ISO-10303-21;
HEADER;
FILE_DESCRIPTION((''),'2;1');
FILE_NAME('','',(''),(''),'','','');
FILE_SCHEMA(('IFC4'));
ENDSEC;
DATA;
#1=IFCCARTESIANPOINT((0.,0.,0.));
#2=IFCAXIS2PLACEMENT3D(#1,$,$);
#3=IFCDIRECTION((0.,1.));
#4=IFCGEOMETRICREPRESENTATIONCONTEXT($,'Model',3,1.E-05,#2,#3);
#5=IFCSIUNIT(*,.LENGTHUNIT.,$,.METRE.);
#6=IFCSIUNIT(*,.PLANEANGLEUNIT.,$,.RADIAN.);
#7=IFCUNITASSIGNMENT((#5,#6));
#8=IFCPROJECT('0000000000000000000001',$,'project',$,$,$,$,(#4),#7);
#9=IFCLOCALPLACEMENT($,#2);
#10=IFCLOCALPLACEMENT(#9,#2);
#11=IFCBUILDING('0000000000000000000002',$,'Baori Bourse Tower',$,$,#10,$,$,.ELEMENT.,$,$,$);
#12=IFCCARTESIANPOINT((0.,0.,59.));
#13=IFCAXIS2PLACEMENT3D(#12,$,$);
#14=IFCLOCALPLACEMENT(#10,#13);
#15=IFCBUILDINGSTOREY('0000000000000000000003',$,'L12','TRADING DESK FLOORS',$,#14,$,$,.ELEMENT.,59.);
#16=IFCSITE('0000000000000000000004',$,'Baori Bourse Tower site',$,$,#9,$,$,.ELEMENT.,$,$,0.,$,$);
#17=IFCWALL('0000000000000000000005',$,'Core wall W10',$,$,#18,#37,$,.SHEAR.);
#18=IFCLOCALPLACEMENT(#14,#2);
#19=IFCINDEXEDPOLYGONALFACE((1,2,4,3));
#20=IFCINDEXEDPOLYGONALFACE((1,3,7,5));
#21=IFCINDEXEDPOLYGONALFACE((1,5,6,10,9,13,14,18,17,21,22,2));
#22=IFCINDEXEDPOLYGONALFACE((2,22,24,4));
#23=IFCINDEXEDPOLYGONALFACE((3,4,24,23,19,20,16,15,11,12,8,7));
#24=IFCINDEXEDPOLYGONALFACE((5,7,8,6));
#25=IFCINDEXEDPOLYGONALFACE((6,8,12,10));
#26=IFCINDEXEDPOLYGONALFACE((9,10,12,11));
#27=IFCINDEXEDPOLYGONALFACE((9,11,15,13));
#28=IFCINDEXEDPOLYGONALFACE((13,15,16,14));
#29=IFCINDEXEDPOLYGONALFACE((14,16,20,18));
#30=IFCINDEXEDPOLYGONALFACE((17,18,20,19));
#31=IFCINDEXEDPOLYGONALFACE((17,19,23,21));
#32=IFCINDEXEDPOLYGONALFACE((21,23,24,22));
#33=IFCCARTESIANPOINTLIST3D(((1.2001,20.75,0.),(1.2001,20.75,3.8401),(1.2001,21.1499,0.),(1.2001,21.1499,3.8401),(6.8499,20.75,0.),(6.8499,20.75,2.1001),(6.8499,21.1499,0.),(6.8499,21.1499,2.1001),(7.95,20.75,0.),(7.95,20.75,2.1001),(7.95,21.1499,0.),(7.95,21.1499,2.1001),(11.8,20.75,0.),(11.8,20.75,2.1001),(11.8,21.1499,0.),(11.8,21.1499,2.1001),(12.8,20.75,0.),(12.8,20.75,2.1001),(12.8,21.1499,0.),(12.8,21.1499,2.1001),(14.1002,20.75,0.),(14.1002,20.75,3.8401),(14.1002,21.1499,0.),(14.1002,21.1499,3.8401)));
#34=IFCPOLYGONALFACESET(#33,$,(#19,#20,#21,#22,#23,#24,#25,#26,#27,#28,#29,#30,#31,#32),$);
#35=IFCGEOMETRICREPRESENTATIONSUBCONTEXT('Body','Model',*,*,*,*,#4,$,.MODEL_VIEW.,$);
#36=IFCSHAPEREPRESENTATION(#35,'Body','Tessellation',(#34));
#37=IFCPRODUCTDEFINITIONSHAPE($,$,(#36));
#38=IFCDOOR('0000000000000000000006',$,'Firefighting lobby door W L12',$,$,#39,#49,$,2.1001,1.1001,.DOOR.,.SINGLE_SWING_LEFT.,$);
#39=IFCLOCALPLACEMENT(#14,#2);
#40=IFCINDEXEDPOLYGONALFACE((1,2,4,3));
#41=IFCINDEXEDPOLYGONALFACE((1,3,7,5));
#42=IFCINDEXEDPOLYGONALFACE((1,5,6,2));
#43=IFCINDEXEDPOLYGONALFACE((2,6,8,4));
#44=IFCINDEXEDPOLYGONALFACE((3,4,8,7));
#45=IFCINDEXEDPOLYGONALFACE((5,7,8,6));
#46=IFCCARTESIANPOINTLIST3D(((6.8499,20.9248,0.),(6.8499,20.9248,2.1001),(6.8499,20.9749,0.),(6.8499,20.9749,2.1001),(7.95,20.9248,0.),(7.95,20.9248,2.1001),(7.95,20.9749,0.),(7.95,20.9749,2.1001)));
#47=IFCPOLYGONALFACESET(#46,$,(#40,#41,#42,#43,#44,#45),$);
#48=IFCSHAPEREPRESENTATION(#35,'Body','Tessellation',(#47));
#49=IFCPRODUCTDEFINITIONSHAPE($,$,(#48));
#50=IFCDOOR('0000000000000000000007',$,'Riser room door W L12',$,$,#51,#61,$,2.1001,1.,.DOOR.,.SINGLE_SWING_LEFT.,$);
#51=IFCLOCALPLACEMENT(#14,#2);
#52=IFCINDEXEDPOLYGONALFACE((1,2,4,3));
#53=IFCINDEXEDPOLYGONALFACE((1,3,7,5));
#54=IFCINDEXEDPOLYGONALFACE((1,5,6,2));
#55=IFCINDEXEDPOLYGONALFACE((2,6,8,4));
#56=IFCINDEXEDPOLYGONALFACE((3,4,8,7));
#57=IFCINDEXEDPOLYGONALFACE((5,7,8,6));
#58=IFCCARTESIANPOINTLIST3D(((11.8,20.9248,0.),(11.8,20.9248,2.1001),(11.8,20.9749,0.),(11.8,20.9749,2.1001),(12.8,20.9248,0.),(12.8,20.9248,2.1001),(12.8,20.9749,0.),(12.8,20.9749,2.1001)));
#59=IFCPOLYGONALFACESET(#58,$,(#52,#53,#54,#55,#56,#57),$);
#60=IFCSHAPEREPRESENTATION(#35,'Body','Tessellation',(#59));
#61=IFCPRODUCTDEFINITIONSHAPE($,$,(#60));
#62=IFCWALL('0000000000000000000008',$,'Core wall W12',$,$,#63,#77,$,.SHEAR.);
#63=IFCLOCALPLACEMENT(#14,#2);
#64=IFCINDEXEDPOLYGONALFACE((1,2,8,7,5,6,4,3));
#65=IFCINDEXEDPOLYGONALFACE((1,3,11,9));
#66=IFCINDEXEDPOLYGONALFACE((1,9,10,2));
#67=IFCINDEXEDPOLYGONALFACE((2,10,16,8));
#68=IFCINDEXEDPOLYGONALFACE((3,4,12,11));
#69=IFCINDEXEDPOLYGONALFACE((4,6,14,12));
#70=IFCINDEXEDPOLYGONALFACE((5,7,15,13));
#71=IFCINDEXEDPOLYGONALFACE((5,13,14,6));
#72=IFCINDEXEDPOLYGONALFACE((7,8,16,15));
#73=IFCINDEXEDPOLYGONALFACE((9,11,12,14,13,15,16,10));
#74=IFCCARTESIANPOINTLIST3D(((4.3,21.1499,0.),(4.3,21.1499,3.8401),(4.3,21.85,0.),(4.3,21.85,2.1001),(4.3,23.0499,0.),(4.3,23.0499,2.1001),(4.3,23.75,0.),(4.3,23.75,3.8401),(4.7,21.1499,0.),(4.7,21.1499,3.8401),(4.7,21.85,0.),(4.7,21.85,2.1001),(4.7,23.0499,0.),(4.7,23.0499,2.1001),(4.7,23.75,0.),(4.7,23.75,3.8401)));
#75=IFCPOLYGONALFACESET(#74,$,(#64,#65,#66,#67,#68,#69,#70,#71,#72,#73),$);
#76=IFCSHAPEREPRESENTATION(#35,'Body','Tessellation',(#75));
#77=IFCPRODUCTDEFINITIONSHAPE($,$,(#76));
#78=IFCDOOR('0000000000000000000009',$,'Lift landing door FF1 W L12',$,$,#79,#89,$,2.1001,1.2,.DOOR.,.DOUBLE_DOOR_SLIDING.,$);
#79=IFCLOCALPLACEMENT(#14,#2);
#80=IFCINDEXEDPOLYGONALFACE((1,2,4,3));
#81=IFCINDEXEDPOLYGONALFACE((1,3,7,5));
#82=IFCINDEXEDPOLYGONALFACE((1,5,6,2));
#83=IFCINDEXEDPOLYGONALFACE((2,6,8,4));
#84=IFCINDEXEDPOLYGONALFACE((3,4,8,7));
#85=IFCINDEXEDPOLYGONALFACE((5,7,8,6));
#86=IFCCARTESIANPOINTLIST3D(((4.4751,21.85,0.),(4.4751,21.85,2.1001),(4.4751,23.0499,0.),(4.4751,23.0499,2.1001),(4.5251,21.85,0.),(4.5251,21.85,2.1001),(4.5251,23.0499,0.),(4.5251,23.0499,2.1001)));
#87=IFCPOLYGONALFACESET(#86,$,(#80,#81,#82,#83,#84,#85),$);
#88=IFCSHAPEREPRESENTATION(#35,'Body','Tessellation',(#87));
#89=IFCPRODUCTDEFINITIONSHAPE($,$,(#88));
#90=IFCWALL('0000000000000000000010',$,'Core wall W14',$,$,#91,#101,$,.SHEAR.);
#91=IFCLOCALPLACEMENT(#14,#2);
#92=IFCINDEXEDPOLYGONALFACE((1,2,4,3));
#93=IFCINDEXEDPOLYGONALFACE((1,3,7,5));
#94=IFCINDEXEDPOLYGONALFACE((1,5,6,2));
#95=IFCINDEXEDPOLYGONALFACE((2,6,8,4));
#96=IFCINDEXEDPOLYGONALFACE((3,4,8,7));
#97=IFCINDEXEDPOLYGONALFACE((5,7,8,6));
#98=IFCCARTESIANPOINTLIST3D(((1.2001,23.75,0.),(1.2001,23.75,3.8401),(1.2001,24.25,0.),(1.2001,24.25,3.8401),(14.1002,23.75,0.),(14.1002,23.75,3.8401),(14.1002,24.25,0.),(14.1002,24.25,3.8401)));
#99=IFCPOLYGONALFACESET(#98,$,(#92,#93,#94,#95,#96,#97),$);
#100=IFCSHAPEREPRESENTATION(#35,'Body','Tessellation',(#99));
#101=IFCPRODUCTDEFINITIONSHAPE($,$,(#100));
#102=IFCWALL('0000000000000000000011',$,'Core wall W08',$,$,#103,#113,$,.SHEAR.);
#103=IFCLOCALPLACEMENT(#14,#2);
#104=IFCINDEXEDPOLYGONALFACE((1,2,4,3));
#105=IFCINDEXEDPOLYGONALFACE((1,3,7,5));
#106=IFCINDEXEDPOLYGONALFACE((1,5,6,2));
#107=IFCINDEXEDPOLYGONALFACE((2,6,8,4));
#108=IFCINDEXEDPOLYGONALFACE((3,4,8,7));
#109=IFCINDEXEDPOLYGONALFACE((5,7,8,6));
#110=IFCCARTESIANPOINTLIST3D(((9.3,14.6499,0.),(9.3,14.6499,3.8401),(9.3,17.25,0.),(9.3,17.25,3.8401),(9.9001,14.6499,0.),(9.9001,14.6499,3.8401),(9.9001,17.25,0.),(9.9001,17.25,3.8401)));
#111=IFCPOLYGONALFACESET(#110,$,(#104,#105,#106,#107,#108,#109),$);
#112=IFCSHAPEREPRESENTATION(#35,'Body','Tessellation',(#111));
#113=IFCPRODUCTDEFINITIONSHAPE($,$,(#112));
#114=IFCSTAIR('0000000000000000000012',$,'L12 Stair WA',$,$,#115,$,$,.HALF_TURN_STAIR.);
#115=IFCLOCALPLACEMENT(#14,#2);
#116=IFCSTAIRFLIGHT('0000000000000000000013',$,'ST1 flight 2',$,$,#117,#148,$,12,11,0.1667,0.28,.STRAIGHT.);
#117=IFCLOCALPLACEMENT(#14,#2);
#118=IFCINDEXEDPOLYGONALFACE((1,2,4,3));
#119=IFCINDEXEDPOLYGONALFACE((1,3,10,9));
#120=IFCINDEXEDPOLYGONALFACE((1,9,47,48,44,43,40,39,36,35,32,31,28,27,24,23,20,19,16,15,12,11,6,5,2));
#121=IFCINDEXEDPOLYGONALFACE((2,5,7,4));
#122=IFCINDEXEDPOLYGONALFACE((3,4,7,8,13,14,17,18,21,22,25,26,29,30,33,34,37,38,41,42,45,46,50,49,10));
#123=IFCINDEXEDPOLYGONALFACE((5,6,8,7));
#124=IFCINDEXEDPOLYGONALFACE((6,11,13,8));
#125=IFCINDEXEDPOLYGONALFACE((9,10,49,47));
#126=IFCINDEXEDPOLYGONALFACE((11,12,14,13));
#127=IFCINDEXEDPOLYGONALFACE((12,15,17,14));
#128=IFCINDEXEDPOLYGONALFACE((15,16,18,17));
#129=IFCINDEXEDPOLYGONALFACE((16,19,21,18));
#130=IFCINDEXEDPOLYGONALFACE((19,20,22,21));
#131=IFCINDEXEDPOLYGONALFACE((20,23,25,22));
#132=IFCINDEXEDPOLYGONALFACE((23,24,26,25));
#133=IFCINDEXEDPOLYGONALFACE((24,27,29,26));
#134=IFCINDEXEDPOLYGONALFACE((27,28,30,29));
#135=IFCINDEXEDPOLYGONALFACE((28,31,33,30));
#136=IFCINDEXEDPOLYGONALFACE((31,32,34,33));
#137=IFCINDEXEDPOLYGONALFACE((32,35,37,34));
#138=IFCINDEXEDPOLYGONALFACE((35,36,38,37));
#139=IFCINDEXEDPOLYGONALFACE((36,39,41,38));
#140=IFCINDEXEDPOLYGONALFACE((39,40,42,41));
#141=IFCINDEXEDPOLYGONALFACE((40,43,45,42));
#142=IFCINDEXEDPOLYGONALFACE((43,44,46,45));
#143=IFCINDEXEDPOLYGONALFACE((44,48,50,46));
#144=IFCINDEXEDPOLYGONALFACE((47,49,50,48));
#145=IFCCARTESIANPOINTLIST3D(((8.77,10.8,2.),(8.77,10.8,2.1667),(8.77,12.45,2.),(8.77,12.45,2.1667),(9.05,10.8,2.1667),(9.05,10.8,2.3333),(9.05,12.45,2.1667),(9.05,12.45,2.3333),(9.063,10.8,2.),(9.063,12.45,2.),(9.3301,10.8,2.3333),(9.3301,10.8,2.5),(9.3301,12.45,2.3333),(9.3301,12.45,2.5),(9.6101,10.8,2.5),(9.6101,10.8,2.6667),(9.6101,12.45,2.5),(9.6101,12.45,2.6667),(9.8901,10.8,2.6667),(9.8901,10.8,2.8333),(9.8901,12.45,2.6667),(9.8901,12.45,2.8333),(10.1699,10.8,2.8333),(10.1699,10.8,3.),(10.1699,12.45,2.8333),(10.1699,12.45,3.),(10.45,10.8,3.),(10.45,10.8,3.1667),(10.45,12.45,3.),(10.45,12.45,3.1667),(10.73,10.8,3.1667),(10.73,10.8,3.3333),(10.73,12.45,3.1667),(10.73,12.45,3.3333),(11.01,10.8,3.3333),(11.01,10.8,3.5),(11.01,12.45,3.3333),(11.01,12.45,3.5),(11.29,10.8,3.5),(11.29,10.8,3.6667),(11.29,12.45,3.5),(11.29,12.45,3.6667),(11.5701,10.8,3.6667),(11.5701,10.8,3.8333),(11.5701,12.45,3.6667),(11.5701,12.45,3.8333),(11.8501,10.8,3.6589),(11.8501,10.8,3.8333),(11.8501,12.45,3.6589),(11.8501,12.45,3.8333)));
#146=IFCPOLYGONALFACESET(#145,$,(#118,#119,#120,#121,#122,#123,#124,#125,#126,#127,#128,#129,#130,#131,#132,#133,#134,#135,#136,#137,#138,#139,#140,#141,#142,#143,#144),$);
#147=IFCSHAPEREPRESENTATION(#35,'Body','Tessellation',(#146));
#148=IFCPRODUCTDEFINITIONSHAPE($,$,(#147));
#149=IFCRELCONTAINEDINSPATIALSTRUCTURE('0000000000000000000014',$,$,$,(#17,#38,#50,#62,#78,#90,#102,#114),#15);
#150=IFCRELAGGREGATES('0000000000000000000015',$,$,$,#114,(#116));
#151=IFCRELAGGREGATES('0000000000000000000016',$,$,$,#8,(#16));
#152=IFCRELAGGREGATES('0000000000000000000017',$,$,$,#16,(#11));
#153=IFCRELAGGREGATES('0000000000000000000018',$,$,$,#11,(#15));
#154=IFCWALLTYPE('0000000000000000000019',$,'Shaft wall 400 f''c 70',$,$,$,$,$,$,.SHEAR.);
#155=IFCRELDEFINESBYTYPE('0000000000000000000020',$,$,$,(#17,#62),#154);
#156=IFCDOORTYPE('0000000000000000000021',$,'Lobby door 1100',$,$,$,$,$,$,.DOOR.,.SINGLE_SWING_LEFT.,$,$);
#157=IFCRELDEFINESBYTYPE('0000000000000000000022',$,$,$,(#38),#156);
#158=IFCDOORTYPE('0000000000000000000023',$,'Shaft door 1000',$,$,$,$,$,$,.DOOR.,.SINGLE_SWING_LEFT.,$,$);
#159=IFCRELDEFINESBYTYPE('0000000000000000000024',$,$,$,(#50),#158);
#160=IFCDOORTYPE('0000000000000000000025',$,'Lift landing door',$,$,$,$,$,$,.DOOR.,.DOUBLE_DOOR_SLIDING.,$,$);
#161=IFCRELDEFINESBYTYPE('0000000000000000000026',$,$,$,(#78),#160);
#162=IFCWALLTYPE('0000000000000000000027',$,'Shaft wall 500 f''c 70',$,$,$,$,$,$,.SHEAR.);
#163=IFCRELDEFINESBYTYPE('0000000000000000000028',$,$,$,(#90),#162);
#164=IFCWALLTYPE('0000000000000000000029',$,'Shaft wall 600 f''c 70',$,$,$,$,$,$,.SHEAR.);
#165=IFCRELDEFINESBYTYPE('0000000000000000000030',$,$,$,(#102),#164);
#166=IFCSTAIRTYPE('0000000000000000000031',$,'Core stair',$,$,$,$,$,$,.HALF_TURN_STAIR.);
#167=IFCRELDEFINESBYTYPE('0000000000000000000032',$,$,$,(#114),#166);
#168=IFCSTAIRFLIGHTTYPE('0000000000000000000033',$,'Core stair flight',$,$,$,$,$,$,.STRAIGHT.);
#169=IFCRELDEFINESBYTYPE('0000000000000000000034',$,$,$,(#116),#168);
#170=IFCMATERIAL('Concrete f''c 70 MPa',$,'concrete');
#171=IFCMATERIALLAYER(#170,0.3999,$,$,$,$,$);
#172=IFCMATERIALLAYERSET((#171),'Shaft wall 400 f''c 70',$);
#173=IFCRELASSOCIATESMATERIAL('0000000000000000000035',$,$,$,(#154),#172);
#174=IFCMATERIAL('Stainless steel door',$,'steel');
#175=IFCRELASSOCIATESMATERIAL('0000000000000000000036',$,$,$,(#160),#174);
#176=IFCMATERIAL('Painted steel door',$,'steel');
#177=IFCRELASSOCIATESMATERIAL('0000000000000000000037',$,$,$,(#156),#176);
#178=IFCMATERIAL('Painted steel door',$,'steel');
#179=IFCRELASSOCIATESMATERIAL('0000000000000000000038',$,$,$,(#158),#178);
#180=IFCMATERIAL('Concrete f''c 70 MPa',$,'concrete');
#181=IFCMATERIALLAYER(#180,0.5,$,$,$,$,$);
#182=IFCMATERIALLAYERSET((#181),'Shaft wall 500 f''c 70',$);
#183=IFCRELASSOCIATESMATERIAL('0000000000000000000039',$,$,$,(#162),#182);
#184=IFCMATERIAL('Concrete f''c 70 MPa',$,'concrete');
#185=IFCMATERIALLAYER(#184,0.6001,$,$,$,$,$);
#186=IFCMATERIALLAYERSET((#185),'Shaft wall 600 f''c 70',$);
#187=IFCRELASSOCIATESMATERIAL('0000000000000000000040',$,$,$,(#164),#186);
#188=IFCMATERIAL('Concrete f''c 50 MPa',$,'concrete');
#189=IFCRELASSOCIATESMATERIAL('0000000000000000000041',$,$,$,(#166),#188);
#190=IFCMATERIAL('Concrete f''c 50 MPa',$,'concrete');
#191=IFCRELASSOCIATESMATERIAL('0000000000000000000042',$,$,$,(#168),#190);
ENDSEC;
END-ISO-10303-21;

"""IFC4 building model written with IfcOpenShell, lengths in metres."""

from ifc_helpers import new_model, si_unit, direction, frame, frame_2d, origin, place, context, subcontext, project, spatial, polyline, rectangle, outline, extrude, material, layer, layer_set, type_object, element, fill, aggregate, save


model = new_model("IFC4")

# Units and contexts
model_context = context("Model", 3, precision=1e-05, world=origin(), true_north=direction((0.0, 1.0)))
body_context = subcontext(model_context, "Body", "Model", "MODEL_VIEW")
ifc_project = project(units=[si_unit("LENGTHUNIT", "METRE"), si_unit("PLANEANGLEUNIT", "RADIAN")], contexts=[model_context])

# Site, building, storey
site_placement = place(None, origin())
site = spatial("IfcSite", under=ifc_project, at=site_placement, Name="Baori Bourse Tower site", CompositionType="ELEMENT", RefElevation=0.0)
building_placement = place(site_placement, origin())
building = spatial("IfcBuilding", under=site, at=building_placement, Name="Baori Bourse Tower", CompositionType="ELEMENT")
storey_placement = place(building_placement, frame((0.0, 0.0, 59.0)))
storey = spatial("IfcBuildingStorey", under=building, at=storey_placement, Name="L12", Description="TRADING DESK FLOORS", CompositionType="ELEMENT", Elevation=59.0)

# Shared definitions
ifc_material_1 = material(Name="Concrete f'c 70 MPa", Category="concrete")
ifc_layer_1 = layer(ifc_material_1, 0.3999)
ifc_layer_set_1 = layer_set([ifc_layer_1], Name="Shaft wall 400 f'c 70")
wall_type_1 = type_object("IfcWallType", Name="Shaft wall 400 f'c 70", PredefinedType="SHEAR", material=ifc_layer_set_1)

# Wall, openings, doors
ifc_material_2 = material(Name="Stainless steel door", Category="steel")
door_type_1 = type_object("IfcDoorType", Name="Lift landing door", OperationType="DOUBLE_DOOR_SLIDING", PredefinedType="DOOR", material=ifc_material_2)
wall_1_placement = place(storey_placement, frame((1.2, 20.95, 0.0), z_axis=(0.0, 0.0, 1.0), x_axis=(1.0, 0.0, 0.0)))
wall_1 = element("IfcWall", 1, at=wall_1_placement, inside=storey, type_object=wall_type_1, Name="Core wall W10", PredefinedType="SHEAR", context=body_context, shape_type="SweptSolid", body=[
    extrude(rectangle(XDim=12.9001, YDim=0.3999, at=frame_2d((6.4502, 0.0))), origin(), (0.0, 0.0, 1.0), 3.8401),
])
opening_1_placement = place(wall_1_placement, frame((5.6499, 0.0, 0.0)))
opening_1 = element("IfcOpeningElement", 2, at=opening_1_placement, cuts=wall_1, PredefinedType="OPENING", context=body_context, shape_type="SweptSolid", body=[
    extrude(rectangle(XDim=1.1001, YDim=2.1001, at=frame_2d((0.55, 1.05))), frame((0.0, 0.21, 0.0), z_axis=(0.0, -1.0, 0.0), x_axis=(1.0, 0.0, 0.0)), (0.0, 0.0, 1.0), 0.4199),
])
opening_2_placement = place(wall_1_placement, frame((10.6001, 0.0, 0.0)))
opening_2 = element("IfcOpeningElement", 3, at=opening_2_placement, cuts=wall_1, PredefinedType="OPENING", context=body_context, shape_type="SweptSolid", body=[
    extrude(rectangle(XDim=1.0, YDim=2.1001, at=frame_2d((0.5, 1.05))), frame((0.0, 0.21, 0.0), z_axis=(0.0, -1.0, 0.0), x_axis=(1.0, 0.0, 0.0)), (0.0, 0.0, 1.0), 0.4199),
])
ifc_material_3 = material(Name="Painted steel door", Category="steel")
door_type_2 = type_object("IfcDoorType", Name="Lobby door 1100", OperationType="SINGLE_SWING_LEFT", PredefinedType="DOOR", material=ifc_material_3)
door_1_placement = place(opening_1_placement, origin())
door_1 = element("IfcDoor", 4, at=door_1_placement, inside=storey, type_object=door_type_2, Name="Firefighting lobby door W L12", OperationType="SINGLE_SWING_LEFT", OverallHeight=2.1001, OverallWidth=1.1001, PredefinedType="DOOR", context=body_context, shape_type="SweptSolid", body=[
    extrude(rectangle(XDim=1.1001, YDim=2.1001, at=frame_2d((0.55, 1.05))), frame((0.0, 0.0249, 0.0), z_axis=(0.0, -1.0, 0.0), x_axis=(1.0, 0.0, 0.0)), (0.0, 0.0, 1.0), 0.05),
])
fill(opening_1, door_1)
ifc_material_4 = material(Name="Painted steel door", Category="steel")
door_type_3 = type_object("IfcDoorType", Name="Shaft door 1000", OperationType="SINGLE_SWING_LEFT", PredefinedType="DOOR", material=ifc_material_4)
door_2_placement = place(opening_2_placement, origin())
door_2 = element("IfcDoor", 5, at=door_2_placement, inside=storey, type_object=door_type_3, Name="Riser room door W L12", OperationType="SINGLE_SWING_LEFT", OverallHeight=2.1001, OverallWidth=1.0, PredefinedType="DOOR", context=body_context, shape_type="SweptSolid", body=[
    extrude(rectangle(XDim=1.0, YDim=2.1001, at=frame_2d((0.5, 1.05))), frame((0.0, 0.0249, 0.0), z_axis=(0.0, -1.0, 0.0), x_axis=(1.0, 0.0, 0.0)), (0.0, 0.0, 1.0), 0.05),
])
fill(opening_2, door_2)

# Wall, opening, door
wall_2_placement = place(storey_placement, frame((4.5, 21.1499, 0.0), z_axis=(0.0, 0.0, 1.0), x_axis=(0.0, 1.0, 0.0)))
wall_2 = element("IfcWall", 6, at=wall_2_placement, inside=storey, type_object=wall_type_1, Name="Core wall W12", PredefinedType="SHEAR", context=body_context, shape_type="SweptSolid", body=[
    extrude(rectangle(XDim=2.6001, YDim=0.3999, at=frame_2d((1.3, 0.0))), origin(), (0.0, 0.0, 1.0), 3.8401),
])
opening_3_placement = place(wall_2_placement, frame((0.7, 0.0, 0.0)))
opening_3 = element("IfcOpeningElement", 7, at=opening_3_placement, cuts=wall_2, PredefinedType="OPENING", context=body_context, shape_type="SweptSolid", body=[
    extrude(rectangle(XDim=1.2, YDim=2.1001, at=frame_2d((0.6001, 1.05))), frame((0.0, 0.21, 0.0), z_axis=(0.0, -1.0, 0.0), x_axis=(1.0, 0.0, 0.0)), (0.0, 0.0, 1.0), 0.4199),
])
door_3_placement = place(opening_3_placement, origin())
door_3 = element("IfcDoor", 8, at=door_3_placement, inside=storey, type_object=door_type_1, Name="Lift landing door FF1 W L12", OperationType="DOUBLE_DOOR_SLIDING", OverallHeight=2.1001, OverallWidth=1.2, PredefinedType="DOOR", context=body_context, shape_type="SweptSolid", body=[
    extrude(rectangle(XDim=1.2, YDim=2.1001, at=frame_2d((0.6001, 1.05))), frame((0.0, 0.0249, 0.0), z_axis=(0.0, -1.0, 0.0), x_axis=(1.0, 0.0, 0.0)), (0.0, 0.0, 1.0), 0.05),
])
fill(opening_3, door_3)

# Walls
ifc_material_5 = material(Name="Concrete f'c 70 MPa", Category="concrete")
ifc_layer_2 = layer(ifc_material_5, 0.5)
ifc_layer_set_2 = layer_set([ifc_layer_2], Name="Shaft wall 500 f'c 70")
wall_type_2 = type_object("IfcWallType", Name="Shaft wall 500 f'c 70", PredefinedType="SHEAR", material=ifc_layer_set_2)
wall_3_placement = place(storey_placement, frame((1.2, 24.0, 0.0), z_axis=(0.0, 0.0, 1.0), x_axis=(1.0, 0.0, 0.0)))
element("IfcWall", 9, at=wall_3_placement, inside=storey, type_object=wall_type_2, Name="Core wall W14", PredefinedType="SHEAR", context=body_context, shape_type="SweptSolid", body=[
    extrude(rectangle(XDim=12.9001, YDim=0.5, at=frame_2d((6.4502, 0.0))), origin(), (0.0, 0.0, 1.0), 3.8401),
])
ifc_material_6 = material(Name="Concrete f'c 70 MPa", Category="concrete")
ifc_layer_3 = layer(ifc_material_6, 0.6001)
ifc_layer_set_3 = layer_set([ifc_layer_3], Name="Shaft wall 600 f'c 70")
wall_type_3 = type_object("IfcWallType", Name="Shaft wall 600 f'c 70", PredefinedType="SHEAR", material=ifc_layer_set_3)
wall_4_placement = place(storey_placement, frame((9.6001, 14.6499, 0.0), z_axis=(0.0, 0.0, 1.0), x_axis=(0.0, 1.0, 0.0)))
element("IfcWall", 10, at=wall_4_placement, inside=storey, type_object=wall_type_3, Name="Core wall W08", PredefinedType="SHEAR", context=body_context, shape_type="SweptSolid", body=[
    extrude(rectangle(XDim=2.6001, YDim=0.6001, at=frame_2d((1.3, 0.0))), origin(), (0.0, 0.0, 1.0), 3.8401),
])

# Stair, stair flight
ifc_material_7 = material(Name="Concrete f'c 50 MPa", Category="concrete")
stair_type = type_object("IfcStairType", Name="Core stair", PredefinedType="HALF_TURN_STAIR", material=ifc_material_7)
stair_placement = place(storey_placement, origin())
stair = element("IfcStair", 11, at=stair_placement, inside=storey, type_object=stair_type, Name="L12 Stair WA", PredefinedType="HALF_TURN_STAIR")
ifc_material_8 = material(Name="Concrete f'c 50 MPa", Category="concrete")
stair_flight_type = type_object("IfcStairFlightType", Name="Core stair flight", PredefinedType="STRAIGHT", material=ifc_material_8)
stair_flight_placement = place(storey_placement, frame((8.77, 11.625, 2.0), z_axis=(0.0, 0.0, 1.0), x_axis=(1.0, 0.0, 0.0)))
stair_flight = element("IfcStairFlight", 12, at=stair_flight_placement, type_object=stair_flight_type, Name="ST1 flight 2", NumberOfRisers=12, NumberOfTreads=11, PredefinedType="STRAIGHT", RiserHeight=0.1667, TreadLength=0.28, context=body_context, shape_type="SweptSolid", body=[
    extrude(outline(polyline([(0.0, 0.0), (0.0, 0.1667), (0.28, 0.1667), (0.28, 0.3333), (0.5601, 0.3333), (0.5601, 0.5), (0.8401, 0.5), (0.8401, 0.6667), (1.1201, 0.6667), (1.1201, 0.8333), (1.3999, 0.8333), (1.3999, 1.0), (1.6799, 1.0), (1.6799, 1.1667), (1.96, 1.1667), (1.96, 1.3333), (2.24, 1.3333), (2.24, 1.5), (2.52, 1.5), (2.52, 1.6667), (2.8, 1.6667), (2.8, 1.8333), (3.0801, 1.8333), (3.0801, 2.0), (3.0801, 1.6589), (0.293, 0.0), (0.0, 0.0)])), frame((0.0, 0.825, 0.0), z_axis=(0.0, -1.0, 0.0), x_axis=(1.0, 0.0, 0.0)), (0.0, 0.0, 1.0), 1.6499),
])
aggregate(stair, [stair_flight])

save(model, "model.ifc")
